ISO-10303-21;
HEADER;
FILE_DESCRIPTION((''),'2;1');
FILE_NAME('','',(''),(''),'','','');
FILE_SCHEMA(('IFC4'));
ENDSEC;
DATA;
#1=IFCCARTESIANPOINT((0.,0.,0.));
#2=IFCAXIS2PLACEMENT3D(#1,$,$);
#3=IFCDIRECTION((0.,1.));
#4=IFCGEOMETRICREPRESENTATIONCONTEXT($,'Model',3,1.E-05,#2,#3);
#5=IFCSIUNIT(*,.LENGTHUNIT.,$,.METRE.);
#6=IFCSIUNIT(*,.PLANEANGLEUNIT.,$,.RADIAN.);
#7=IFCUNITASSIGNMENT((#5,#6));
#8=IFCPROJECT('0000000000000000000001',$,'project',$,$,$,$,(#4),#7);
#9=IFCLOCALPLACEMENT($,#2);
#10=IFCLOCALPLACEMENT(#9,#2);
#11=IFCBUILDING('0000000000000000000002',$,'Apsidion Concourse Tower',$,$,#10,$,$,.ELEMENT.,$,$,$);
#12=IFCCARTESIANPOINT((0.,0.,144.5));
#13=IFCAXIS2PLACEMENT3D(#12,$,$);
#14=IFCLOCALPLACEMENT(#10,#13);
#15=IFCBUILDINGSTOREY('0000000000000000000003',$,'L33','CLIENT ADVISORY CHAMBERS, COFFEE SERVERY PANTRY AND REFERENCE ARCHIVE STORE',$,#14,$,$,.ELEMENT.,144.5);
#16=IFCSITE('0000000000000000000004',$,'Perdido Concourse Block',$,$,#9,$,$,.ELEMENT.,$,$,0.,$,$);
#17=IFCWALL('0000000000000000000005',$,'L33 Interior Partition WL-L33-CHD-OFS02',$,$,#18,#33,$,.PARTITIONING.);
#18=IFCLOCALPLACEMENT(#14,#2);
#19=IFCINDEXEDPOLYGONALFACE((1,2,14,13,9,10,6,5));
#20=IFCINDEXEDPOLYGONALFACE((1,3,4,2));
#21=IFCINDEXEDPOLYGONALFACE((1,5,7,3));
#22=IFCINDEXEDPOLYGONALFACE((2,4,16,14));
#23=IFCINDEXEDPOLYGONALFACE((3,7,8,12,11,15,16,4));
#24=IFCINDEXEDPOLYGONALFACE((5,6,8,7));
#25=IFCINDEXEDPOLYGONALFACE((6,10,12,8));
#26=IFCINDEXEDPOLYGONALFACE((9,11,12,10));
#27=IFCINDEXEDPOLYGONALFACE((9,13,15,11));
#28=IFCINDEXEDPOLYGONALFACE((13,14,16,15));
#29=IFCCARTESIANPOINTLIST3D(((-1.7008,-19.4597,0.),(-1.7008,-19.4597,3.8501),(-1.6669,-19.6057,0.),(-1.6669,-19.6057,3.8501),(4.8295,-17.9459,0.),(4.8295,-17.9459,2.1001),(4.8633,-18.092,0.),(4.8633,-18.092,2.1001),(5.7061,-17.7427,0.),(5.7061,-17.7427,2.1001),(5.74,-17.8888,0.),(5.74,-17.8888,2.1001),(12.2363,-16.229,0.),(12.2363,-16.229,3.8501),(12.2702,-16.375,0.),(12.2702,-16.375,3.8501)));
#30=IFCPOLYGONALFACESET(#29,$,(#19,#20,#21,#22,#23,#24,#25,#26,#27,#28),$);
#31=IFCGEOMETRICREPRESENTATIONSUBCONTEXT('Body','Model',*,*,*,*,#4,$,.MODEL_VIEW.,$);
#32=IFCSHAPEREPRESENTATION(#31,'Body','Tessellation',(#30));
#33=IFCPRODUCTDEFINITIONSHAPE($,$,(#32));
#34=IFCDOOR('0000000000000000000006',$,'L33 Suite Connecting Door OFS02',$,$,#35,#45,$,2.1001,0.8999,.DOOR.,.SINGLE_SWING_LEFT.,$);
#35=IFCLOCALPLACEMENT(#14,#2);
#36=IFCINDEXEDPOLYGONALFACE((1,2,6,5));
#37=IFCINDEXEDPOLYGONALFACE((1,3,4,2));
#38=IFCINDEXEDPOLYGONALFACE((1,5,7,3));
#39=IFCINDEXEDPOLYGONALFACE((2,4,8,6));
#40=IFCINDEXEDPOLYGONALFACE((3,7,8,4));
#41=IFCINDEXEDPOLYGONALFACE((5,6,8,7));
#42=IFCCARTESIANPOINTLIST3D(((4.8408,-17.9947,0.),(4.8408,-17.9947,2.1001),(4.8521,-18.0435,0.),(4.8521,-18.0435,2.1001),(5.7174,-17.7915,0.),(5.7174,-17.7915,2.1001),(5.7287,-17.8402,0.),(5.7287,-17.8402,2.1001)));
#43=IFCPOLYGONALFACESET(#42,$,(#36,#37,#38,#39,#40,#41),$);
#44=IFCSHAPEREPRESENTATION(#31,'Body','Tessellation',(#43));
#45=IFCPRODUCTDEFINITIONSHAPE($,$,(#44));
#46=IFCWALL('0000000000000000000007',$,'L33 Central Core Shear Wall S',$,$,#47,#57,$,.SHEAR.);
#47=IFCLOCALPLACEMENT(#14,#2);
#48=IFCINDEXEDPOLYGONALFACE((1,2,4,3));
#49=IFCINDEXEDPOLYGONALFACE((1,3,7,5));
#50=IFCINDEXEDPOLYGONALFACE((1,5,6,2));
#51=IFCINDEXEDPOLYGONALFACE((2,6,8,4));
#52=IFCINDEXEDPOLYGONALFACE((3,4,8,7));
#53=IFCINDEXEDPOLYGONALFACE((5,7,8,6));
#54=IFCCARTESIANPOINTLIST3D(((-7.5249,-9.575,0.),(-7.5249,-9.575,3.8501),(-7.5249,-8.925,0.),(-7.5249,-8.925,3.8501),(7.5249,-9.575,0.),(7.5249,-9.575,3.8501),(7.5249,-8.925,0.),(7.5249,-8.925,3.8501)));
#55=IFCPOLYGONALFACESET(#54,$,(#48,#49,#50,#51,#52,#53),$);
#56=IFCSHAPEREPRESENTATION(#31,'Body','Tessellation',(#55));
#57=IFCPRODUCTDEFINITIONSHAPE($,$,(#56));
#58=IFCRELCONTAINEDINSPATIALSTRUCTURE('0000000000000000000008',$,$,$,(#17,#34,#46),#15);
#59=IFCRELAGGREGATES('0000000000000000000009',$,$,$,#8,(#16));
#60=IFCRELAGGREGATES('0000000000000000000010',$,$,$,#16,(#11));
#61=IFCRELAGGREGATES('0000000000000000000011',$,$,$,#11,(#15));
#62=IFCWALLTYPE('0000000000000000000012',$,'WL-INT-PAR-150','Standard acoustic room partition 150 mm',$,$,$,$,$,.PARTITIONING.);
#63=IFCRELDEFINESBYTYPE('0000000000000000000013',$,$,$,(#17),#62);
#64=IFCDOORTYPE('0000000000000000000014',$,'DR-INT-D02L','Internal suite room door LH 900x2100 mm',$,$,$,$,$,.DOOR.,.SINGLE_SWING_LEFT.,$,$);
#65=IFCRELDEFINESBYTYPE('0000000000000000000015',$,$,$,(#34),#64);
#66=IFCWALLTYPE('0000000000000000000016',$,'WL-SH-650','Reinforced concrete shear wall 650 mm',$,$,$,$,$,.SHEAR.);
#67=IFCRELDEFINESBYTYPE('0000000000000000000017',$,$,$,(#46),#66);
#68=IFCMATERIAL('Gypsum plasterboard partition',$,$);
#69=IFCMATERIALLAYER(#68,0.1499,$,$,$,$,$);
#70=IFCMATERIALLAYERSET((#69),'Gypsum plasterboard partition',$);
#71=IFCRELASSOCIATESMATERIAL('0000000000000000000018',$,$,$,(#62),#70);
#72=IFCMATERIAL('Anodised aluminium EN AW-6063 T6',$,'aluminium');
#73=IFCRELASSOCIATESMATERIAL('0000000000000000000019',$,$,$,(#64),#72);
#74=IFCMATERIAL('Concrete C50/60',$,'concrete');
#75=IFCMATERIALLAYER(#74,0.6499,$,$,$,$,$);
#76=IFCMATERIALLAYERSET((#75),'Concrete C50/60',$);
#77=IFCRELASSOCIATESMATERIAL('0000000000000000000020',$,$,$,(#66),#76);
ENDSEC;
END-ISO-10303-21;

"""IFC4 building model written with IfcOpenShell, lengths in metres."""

from ifc_helpers import new_model, si_unit, direction, frame, frame_2d, origin, place, context, subcontext, project, spatial, rectangle, extrude, material, layer, layer_set, type_object, element, fill, save


model = new_model("IFC4")

# Units and contexts
model_context = context("Model", 3, precision=1e-05, world=origin(), true_north=direction((0.0, 1.0)))
body_context = subcontext(model_context, "Body", "Model", "MODEL_VIEW")
ifc_project = project(units=[si_unit("LENGTHUNIT", "METRE"), si_unit("PLANEANGLEUNIT", "RADIAN")], contexts=[model_context])

# Site, building, storey
site_placement = place(None, origin())
site = spatial("IfcSite", under=ifc_project, at=site_placement, Name="Perdido Concourse Block", CompositionType="ELEMENT", RefElevation=0.0)
building_placement = place(site_placement, origin())
building = spatial("IfcBuilding", under=site, at=building_placement, Name="Apsidion Concourse Tower", CompositionType="ELEMENT")
storey_placement = place(building_placement, frame((0.0, 0.0, 144.5)))
storey = spatial("IfcBuildingStorey", under=building, at=storey_placement, Name="L33", Description="CLIENT ADVISORY CHAMBERS, COFFEE SERVERY PANTRY AND REFERENCE ARCHIVE STORE", CompositionType="ELEMENT", Elevation=144.5)

# Shared definitions
ifc_material_1 = material(Name="Concrete C50/60", Category="concrete")

# Shared definitions
ifc_material_2 = material(Name="Gypsum plasterboard partition")
ifc_layer_1 = layer(ifc_material_2, 0.1499)
ifc_layer_set_1 = layer_set([ifc_layer_1], Name="Gypsum plasterboard partition")
wall_type_1 = type_object("IfcWallType", Name="WL-INT-PAR-150", Description="Standard acoustic room partition 150 mm", PredefinedType="PARTITIONING", material=ifc_layer_set_1)

# Wall, opening, door
wall_1_placement = place(storey_placement, frame((-1.6838, -19.5327, 0.0), z_axis=(0.0, 0.0, 1.0), x_axis=(0.974169, 0.22582, 0.0)))
wall_1 = element("IfcWall", 1, at=wall_1_placement, inside=storey, type_object=wall_type_1, Name="L33 Interior Partition WL-L33-CHD-OFS02", PredefinedType="PARTITIONING", context=body_context, shape_type="SweptSolid", body=[
    extrude(rectangle(XDim=14.3066, YDim=0.1499, at=frame_2d((7.1533, 0.0))), origin(), (0.0, 0.0, 1.0), 3.8501),
])
opening_1_placement = place(wall_1_placement, frame((6.7034, 0.0, 0.0)))
opening_1 = element("IfcOpeningElement", 2, at=opening_1_placement, cuts=wall_1, PredefinedType="OPENING", context=body_context, shape_type="SweptSolid", body=[
    extrude(rectangle(XDim=0.8999, YDim=2.1001, at=frame_2d((0.45, 1.05))), frame((0.0, 0.085, 0.0), z_axis=(0.0, -1.0, 0.0), x_axis=(1.0, 0.0, 0.0)), (0.0, 0.0, 1.0), 0.1699),
])
ifc_material_3 = material(Name="Anodised aluminium EN AW-6063 T6", Category="aluminium")
door_type_1 = type_object("IfcDoorType", Name="DR-INT-D02L", Description="Internal suite room door LH 900x2100 mm", OperationType="SINGLE_SWING_LEFT", PredefinedType="DOOR", material=ifc_material_3)
door_1_placement = place(opening_1_placement, origin())
door_1 = element("IfcDoor", 3, at=door_1_placement, inside=storey, type_object=door_type_1, Name="L33 Suite Connecting Door OFS02", OperationType="SINGLE_SWING_LEFT", OverallHeight=2.1001, OverallWidth=0.8999, PredefinedType="DOOR", context=body_context, shape_type="SweptSolid", body=[
    extrude(rectangle(XDim=0.8999, YDim=2.1001, at=frame_2d((0.45, 1.05))), frame((0.0, 0.0249, 0.0), z_axis=(0.0, -1.0, 0.0), x_axis=(1.0, 0.0, 0.0)), (0.0, 0.0, 1.0), 0.05),
])
fill(opening_1, door_1)

# Shared definitions
ifc_layer_2 = layer(ifc_material_1, 0.6499)
ifc_layer_set_2 = layer_set([ifc_layer_2], Name="Concrete C50/60")
wall_type_2 = type_object("IfcWallType", Name="WL-SH-650", Description="Reinforced concrete shear wall 650 mm", PredefinedType="SHEAR", material=ifc_layer_set_2)

# Wall
wall_2_placement = place(storey_placement, frame((-7.5249, -9.25, 0.0), z_axis=(0.0, 0.0, 1.0), x_axis=(1.0, 0.0, 0.0)))
element("IfcWall", 4, at=wall_2_placement, inside=storey, type_object=wall_type_2, Name="L33 Central Core Shear Wall S", PredefinedType="SHEAR", context=body_context, shape_type="SweptSolid", body=[
    extrude(rectangle(XDim=15.0498, YDim=0.6499, at=frame_2d((7.5249, 0.0))), origin(), (0.0, 0.0, 1.0), 3.8501),
])

save(model, "model.ifc")
